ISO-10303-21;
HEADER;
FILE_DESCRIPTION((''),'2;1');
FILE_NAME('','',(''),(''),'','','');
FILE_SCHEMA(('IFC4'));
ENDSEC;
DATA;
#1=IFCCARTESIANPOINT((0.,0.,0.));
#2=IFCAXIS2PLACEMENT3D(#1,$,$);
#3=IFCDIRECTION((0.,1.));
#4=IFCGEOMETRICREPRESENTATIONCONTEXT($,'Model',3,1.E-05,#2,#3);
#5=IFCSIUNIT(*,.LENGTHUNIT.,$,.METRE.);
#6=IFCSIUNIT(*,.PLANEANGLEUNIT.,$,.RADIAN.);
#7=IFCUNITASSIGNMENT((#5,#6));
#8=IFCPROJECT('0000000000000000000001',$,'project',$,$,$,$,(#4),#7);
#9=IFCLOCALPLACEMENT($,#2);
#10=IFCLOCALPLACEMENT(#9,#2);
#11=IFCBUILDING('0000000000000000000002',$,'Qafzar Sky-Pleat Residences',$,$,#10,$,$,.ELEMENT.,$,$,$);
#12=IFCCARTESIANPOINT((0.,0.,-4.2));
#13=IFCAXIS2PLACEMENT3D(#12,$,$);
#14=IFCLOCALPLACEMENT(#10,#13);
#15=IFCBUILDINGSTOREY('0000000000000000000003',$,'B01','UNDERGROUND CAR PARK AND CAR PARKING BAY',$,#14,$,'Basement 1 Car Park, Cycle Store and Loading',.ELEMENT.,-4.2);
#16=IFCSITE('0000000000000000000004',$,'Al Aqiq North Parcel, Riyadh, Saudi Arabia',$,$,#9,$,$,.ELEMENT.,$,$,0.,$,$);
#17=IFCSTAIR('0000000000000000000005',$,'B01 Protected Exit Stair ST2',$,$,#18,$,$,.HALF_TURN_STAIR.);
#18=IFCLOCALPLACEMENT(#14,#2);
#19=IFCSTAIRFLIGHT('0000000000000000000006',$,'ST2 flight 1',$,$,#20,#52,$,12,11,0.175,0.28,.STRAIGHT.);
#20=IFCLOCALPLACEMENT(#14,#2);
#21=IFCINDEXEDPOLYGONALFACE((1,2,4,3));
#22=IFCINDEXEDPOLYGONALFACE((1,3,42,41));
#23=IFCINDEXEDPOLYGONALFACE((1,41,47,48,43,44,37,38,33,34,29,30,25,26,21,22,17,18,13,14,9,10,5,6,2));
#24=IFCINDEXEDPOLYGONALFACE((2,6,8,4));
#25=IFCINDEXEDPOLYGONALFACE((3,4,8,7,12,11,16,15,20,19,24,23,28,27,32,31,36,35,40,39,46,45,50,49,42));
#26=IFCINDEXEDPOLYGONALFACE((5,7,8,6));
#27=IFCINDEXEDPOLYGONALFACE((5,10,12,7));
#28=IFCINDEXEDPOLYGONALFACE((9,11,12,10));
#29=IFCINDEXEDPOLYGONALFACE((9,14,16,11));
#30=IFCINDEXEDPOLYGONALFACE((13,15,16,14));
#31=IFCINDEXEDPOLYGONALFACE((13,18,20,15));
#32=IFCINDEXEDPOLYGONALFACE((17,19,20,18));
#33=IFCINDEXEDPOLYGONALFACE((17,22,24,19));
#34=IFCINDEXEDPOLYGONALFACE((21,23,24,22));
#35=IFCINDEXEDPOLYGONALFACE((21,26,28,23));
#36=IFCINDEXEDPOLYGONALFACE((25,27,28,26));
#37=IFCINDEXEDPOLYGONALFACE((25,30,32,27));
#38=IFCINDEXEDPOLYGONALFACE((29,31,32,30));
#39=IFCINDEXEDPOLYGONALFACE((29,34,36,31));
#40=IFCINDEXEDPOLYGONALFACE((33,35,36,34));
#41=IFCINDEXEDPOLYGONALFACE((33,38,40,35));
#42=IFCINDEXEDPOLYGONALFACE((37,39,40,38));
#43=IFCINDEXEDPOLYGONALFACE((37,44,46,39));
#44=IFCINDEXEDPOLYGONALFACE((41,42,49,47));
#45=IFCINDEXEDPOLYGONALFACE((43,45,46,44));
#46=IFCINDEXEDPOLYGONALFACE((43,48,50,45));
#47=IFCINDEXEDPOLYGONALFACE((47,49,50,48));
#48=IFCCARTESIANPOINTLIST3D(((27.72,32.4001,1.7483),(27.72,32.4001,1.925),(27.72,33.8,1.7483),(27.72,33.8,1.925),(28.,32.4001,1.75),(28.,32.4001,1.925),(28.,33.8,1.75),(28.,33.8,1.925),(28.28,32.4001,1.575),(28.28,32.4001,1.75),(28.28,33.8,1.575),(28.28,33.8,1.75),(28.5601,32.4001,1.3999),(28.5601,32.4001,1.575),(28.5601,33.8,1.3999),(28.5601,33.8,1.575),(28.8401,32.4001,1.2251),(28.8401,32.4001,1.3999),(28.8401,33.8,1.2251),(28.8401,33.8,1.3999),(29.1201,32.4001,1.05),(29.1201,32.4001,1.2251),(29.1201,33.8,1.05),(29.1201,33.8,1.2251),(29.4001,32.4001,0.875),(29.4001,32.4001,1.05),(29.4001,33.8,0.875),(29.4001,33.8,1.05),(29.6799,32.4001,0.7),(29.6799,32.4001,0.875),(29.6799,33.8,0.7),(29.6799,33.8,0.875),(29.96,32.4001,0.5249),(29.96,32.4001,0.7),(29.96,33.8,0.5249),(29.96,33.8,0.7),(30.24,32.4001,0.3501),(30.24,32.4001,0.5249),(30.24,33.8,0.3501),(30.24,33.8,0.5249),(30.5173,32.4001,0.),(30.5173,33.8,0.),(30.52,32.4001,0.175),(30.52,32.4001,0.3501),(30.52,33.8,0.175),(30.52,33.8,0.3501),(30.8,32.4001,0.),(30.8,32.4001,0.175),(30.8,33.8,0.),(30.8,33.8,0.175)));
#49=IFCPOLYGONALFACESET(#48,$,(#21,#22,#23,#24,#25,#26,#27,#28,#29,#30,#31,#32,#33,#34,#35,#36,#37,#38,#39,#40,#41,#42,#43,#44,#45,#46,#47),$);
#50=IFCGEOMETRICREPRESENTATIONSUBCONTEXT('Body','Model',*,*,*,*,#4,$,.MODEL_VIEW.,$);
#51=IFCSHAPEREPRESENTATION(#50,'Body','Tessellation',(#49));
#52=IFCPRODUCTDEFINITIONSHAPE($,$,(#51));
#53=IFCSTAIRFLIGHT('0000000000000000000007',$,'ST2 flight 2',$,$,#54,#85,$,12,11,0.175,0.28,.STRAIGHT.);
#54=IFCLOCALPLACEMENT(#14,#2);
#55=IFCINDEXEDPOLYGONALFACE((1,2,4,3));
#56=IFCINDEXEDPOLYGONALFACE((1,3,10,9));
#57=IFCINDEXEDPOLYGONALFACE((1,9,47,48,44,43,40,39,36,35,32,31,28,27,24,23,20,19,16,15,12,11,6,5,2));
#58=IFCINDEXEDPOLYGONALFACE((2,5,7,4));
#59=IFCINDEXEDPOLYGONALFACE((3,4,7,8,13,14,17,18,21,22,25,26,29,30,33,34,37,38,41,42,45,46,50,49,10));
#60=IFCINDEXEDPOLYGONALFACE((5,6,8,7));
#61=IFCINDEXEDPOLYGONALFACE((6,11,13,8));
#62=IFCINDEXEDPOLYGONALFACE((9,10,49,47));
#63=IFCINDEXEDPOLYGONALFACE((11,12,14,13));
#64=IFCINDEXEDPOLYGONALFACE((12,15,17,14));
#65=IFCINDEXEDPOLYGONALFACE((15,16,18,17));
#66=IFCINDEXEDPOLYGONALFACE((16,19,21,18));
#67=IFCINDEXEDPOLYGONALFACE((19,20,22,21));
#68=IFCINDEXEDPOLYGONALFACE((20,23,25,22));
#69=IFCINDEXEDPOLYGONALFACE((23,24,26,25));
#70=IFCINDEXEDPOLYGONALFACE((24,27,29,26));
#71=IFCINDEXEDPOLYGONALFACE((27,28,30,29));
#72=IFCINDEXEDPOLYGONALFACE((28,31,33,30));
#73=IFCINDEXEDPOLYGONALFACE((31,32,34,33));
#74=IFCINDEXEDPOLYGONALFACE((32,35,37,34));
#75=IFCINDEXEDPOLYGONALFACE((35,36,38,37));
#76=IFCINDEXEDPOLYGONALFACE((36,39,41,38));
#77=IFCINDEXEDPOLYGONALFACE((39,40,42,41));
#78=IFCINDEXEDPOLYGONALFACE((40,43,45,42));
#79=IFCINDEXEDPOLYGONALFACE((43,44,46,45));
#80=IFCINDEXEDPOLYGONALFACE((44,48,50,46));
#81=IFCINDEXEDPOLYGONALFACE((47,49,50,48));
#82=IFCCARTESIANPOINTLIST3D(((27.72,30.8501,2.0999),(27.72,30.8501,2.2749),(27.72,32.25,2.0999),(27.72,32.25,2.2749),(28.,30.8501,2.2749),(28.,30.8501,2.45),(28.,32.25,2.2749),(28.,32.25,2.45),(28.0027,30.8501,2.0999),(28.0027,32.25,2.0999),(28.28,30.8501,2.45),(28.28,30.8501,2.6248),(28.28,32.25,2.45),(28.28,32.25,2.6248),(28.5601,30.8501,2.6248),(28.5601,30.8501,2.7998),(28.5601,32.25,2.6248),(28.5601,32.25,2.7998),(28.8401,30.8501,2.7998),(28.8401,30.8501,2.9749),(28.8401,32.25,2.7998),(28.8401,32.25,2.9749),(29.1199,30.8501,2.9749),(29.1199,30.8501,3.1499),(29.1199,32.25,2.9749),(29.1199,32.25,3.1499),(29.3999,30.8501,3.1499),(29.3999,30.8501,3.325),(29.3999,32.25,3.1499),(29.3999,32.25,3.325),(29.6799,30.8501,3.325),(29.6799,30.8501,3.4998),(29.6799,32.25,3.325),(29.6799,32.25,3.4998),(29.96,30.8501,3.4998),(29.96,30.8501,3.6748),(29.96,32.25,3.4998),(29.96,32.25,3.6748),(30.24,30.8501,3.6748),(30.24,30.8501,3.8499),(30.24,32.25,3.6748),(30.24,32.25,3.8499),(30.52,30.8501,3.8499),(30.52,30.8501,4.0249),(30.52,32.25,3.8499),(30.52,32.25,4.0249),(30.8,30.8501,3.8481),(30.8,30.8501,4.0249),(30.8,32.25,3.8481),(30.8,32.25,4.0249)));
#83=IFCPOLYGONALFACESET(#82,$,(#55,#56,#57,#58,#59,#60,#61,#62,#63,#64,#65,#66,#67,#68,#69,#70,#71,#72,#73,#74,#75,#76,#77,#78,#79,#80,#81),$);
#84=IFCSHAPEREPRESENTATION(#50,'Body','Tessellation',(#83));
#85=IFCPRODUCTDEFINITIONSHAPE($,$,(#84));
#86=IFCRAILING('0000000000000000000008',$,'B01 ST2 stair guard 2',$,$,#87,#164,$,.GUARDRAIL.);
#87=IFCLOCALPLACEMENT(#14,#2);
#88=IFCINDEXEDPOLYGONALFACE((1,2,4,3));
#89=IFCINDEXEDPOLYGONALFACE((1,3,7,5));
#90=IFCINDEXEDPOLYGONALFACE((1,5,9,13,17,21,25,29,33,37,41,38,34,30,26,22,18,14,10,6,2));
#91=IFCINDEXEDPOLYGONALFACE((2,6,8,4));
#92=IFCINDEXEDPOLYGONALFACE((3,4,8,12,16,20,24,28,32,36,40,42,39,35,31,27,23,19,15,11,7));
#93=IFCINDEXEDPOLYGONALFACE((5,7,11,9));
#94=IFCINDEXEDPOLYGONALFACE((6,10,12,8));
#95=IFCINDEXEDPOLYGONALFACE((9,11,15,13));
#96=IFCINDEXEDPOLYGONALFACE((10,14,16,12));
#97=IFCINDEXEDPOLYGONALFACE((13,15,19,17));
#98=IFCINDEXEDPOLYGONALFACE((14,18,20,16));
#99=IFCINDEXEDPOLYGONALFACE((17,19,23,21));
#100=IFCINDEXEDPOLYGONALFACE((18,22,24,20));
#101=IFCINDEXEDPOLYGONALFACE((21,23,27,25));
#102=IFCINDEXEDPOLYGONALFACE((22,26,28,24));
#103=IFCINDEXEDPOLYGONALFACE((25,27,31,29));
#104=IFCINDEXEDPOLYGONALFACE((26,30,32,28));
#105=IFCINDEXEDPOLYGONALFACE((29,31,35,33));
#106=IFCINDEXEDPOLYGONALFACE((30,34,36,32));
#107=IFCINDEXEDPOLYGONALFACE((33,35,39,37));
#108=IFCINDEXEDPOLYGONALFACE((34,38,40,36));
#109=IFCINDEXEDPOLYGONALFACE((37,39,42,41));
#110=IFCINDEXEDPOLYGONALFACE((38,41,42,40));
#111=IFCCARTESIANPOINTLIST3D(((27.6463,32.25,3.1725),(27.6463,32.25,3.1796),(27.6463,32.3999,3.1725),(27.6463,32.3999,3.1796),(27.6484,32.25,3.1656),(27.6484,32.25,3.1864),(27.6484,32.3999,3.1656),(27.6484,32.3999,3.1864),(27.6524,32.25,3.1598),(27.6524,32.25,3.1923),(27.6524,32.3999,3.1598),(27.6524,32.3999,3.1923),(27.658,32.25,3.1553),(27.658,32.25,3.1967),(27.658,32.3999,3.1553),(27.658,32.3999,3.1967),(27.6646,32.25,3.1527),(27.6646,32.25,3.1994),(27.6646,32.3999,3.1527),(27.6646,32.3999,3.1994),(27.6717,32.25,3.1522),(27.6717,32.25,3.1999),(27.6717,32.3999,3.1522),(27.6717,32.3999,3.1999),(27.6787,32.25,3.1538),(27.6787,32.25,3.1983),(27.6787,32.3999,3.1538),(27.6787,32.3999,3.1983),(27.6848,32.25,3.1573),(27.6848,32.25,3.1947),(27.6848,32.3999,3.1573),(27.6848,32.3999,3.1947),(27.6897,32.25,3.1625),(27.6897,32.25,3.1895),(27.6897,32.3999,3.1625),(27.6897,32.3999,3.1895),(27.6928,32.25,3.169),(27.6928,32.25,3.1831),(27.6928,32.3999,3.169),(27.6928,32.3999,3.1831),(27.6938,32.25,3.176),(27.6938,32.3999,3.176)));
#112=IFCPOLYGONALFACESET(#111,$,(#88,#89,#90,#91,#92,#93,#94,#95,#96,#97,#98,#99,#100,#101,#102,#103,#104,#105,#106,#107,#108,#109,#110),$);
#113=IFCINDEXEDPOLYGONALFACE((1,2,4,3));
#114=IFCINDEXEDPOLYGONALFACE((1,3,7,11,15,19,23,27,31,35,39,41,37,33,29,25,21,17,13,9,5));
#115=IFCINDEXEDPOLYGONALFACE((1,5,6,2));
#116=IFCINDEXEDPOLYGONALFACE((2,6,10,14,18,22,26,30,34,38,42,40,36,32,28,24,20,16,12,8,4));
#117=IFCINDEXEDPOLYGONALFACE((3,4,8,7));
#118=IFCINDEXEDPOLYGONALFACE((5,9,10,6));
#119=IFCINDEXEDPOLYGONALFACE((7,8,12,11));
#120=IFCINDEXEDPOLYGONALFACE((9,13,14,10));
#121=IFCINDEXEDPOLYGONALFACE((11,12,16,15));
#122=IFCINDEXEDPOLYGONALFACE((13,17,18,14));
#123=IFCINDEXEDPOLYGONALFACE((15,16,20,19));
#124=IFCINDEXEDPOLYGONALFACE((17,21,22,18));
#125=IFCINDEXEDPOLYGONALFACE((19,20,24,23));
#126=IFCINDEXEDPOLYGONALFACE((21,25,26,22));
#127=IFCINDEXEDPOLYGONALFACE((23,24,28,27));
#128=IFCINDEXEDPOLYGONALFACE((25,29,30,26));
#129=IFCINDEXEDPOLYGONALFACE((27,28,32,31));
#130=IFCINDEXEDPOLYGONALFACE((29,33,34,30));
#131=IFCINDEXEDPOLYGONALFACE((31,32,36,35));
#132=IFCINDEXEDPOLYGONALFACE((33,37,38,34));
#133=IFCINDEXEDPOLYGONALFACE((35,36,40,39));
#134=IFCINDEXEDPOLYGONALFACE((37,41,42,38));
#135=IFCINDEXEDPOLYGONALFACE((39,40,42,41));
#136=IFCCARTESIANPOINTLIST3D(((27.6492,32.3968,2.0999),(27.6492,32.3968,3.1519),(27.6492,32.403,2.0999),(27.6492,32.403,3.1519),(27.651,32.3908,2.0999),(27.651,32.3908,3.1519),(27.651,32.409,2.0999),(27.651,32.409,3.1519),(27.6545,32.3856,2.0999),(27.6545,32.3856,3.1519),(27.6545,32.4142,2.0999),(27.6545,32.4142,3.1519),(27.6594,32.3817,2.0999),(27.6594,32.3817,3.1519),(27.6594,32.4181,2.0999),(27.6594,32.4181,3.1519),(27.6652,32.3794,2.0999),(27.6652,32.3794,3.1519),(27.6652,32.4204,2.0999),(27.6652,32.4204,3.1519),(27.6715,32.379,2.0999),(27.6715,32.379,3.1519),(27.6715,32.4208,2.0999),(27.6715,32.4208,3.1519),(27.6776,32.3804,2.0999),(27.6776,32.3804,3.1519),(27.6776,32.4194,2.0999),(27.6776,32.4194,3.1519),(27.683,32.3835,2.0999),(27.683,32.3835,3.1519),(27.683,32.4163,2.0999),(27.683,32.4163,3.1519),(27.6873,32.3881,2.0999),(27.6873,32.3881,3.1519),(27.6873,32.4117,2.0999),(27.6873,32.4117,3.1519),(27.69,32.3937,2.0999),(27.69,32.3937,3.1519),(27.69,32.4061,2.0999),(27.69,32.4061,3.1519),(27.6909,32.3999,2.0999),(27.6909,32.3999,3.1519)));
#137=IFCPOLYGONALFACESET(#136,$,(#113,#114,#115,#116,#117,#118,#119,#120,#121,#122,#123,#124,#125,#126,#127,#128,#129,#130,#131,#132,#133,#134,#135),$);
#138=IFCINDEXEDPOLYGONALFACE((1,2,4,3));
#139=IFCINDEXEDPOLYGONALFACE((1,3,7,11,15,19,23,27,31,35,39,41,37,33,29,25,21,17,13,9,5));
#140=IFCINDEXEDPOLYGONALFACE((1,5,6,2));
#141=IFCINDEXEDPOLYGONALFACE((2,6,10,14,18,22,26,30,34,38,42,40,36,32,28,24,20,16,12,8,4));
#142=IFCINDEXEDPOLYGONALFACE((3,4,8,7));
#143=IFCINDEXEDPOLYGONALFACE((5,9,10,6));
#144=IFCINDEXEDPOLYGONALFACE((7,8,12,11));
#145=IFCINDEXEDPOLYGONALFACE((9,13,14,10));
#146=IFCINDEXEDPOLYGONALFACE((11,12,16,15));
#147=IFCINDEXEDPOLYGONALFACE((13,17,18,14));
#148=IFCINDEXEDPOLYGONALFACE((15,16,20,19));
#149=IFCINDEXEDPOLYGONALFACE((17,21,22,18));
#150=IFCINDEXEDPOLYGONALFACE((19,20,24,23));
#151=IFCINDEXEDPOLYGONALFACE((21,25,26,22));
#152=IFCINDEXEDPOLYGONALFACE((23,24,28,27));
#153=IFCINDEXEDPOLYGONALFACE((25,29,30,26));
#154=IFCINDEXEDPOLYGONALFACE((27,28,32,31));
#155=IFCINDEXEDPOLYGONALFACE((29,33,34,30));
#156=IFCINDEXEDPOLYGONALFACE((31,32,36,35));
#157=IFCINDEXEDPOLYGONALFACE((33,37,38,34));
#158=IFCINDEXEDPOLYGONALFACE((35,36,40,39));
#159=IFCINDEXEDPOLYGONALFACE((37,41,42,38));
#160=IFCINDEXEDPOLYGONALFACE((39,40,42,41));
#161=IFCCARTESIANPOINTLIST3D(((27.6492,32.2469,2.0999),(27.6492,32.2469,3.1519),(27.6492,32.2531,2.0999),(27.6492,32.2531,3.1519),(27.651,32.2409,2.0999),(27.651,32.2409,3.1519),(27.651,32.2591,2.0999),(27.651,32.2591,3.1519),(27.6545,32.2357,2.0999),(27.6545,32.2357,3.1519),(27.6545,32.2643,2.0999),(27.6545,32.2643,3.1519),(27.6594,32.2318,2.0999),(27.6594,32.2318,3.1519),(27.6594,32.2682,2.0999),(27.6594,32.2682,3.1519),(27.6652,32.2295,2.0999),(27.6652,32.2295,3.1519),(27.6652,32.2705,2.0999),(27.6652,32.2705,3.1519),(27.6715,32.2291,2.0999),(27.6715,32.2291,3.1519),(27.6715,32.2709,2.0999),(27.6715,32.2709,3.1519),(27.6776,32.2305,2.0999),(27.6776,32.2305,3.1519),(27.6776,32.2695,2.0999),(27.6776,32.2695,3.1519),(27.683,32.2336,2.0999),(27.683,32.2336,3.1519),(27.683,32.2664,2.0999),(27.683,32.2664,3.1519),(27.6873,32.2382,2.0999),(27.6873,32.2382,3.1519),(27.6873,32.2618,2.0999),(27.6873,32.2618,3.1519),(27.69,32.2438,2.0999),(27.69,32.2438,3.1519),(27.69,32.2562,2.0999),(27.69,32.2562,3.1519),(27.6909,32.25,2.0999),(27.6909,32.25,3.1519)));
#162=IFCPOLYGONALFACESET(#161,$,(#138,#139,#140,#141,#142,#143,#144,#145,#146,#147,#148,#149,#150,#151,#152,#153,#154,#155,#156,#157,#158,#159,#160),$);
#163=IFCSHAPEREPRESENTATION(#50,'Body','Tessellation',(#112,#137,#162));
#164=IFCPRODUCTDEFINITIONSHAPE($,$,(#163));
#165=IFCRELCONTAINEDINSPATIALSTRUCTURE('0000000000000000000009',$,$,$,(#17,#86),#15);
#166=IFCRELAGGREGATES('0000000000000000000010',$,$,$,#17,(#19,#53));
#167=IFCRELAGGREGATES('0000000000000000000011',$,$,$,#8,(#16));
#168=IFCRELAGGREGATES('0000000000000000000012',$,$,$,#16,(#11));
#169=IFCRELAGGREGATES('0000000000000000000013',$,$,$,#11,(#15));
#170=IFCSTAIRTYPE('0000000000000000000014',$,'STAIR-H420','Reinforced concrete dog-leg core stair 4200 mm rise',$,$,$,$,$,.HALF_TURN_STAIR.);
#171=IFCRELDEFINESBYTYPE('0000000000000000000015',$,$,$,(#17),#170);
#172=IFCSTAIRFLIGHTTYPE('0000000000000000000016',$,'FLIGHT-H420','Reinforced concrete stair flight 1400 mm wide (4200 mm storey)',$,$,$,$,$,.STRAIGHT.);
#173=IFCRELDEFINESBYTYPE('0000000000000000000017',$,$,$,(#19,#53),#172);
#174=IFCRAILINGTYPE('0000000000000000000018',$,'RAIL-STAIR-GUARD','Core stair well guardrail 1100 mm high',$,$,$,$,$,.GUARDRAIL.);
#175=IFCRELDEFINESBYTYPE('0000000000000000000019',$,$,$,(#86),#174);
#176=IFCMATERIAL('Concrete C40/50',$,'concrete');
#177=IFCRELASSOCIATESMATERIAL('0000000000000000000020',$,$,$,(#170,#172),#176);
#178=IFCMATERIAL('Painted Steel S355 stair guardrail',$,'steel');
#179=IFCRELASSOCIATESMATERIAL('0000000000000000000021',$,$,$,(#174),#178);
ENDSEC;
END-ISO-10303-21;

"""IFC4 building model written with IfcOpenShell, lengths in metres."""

from ifc_helpers import new_model, si_unit, direction, frame, origin, origin_2d, place, context, subcontext, project, spatial, polyline, circle, outline, extrude, source, transform, mapped, material, type_object, element, aggregate, save


model = new_model("IFC4")

# Units and contexts
model_context = context("Model", 3, precision=1e-05, world=origin(), true_north=direction((0.0, 1.0)))
body_context = subcontext(model_context, "Body", "Model", "MODEL_VIEW")
ifc_project = project(units=[si_unit("LENGTHUNIT", "METRE"), si_unit("PLANEANGLEUNIT", "RADIAN")], contexts=[model_context])

# Site, building, storey
site_placement = place(None, origin())
site = spatial("IfcSite", under=ifc_project, at=site_placement, Name="Al Aqiq North Parcel, Riyadh, Saudi Arabia", CompositionType="ELEMENT", RefElevation=0.0)
building_placement = place(site_placement, origin())
building = spatial("IfcBuilding", under=site, at=building_placement, Name="Qafzar Sky-Pleat Residences", CompositionType="ELEMENT")
storey_placement = place(building_placement, frame((0.0, 0.0, -4.2)))
storey = spatial("IfcBuildingStorey", under=building, at=storey_placement, Name="B01", Description="UNDERGROUND CAR PARK AND CAR PARKING BAY", LongName="Basement 1 Car Park, Cycle Store and Loading", CompositionType="ELEMENT", Elevation=-4.2)

# Stair, stair flights
ifc_material_1 = material(Name="Concrete C40/50", Category="concrete")
stair_type = type_object("IfcStairType", Name="STAIR-H420", Description="Reinforced concrete dog-leg core stair 4200 mm rise", PredefinedType="HALF_TURN_STAIR", material=ifc_material_1)
stair_placement = place(storey_placement, origin())
stair = element("IfcStair", 1, at=stair_placement, inside=storey, type_object=stair_type, Name="B01 Protected Exit Stair ST2", PredefinedType="HALF_TURN_STAIR")
stair_flight_type = type_object("IfcStairFlightType", Name="FLIGHT-H420", Description="Reinforced concrete stair flight 1400 mm wide (4200 mm storey)", PredefinedType="STRAIGHT", material=ifc_material_1)
shared_shape_1 = source(origin(), body_context, "Body", "SweptSolid", [
    extrude(outline(polyline([(0.0, 0.0), (0.0, 0.175), (0.28, 0.175), (0.28, 0.3501), (0.5601, 0.3501), (0.5601, 0.5249), (0.8401, 0.5249), (0.8401, 0.7), (1.1201, 0.7), (1.1201, 0.875), (1.3999, 0.875), (1.3999, 1.05), (1.6799, 1.05), (1.6799, 1.2251), (1.96, 1.2251), (1.96, 1.3999), (2.24, 1.3999), (2.24, 1.575), (2.52, 1.575), (2.52, 1.75), (2.8, 1.75), (2.8, 1.925), (3.0801, 1.925), (3.0801, 2.1001), (3.0801, 1.7483), (0.2827, 0.0), (0.0, 0.0)])), frame((0.0, 0.7, 0.0), z_axis=(0.0, -1.0, 0.0), x_axis=(1.0, 0.0, 0.0)), (0.0, 0.0, 1.0), 1.3999),
])
stair_flight_1_placement = place(storey_placement, frame((30.8, 33.1001, 0.0), z_axis=(0.0, 0.0, 1.0), x_axis=(-1.0, 0.0, 0.0)))
stair_flight_1 = element("IfcStairFlight", 2, at=stair_flight_1_placement, type_object=stair_flight_type, Name="ST2 flight 1", NumberOfRisers=12, NumberOfTreads=11, PredefinedType="STRAIGHT", RiserHeight=0.175, TreadLength=0.28, context=body_context, shape_type="MappedRepresentation", body=[
    mapped(shared_shape_1, transform((0.0, 0.0, 0.0), x_axis=(1.0, 0.0, 0.0), y_axis=(0.0, 1.0, 0.0), z_axis=(0.0, 0.0, 1.0), scale=1.0)),
])
stair_flight_2_placement = place(storey_placement, frame((27.72, 31.55, 2.0999), z_axis=(0.0, 0.0, 1.0), x_axis=(1.0, 0.0, 0.0)))
stair_flight_2 = element("IfcStairFlight", 3, at=stair_flight_2_placement, type_object=stair_flight_type, Name="ST2 flight 2", NumberOfRisers=12, NumberOfTreads=11, PredefinedType="STRAIGHT", RiserHeight=0.175, TreadLength=0.28, context=body_context, shape_type="MappedRepresentation", body=[
    mapped(shared_shape_1, transform((0.0, 0.0, 0.0), x_axis=(1.0, 0.0, 0.0), y_axis=(0.0, 1.0, 0.0), z_axis=(0.0, 0.0, 1.0), scale=1.0)),
])
aggregate(stair, [stair_flight_1, stair_flight_2])

# Railing
ifc_material_2 = material(Name="Painted Steel S355 stair guardrail", Category="steel")
railing_type_1 = type_object("IfcRailingType", Name="RAIL-STAIR-GUARD", Description="Core stair well guardrail 1100 mm high", PredefinedType="GUARDRAIL", material=ifc_material_2)
shared_shape_2 = source(origin(), body_context, "Body", "SweptSolid", [
    extrude(circle(Radius=0.0239, at=origin_2d()), frame((0.0, 0.0, 1.0762), z_axis=(0.0, -1.0, 0.0), x_axis=(1.0, 0.0, 0.0)), (0.0, 0.0, 1.0), 0.1499),
    extrude(circle(Radius=0.021, at=origin_2d()), origin(), (0.0, 0.0, 1.0), 1.052),
    extrude(circle(Radius=0.021, at=origin_2d()), frame((0.0, -0.1499, 0.0)), (0.0, 0.0, 1.0), 1.052),
])
for number, where, name in (
    (4, (27.6699, 32.3999, 2.0999), "B01 ST2 stair guard 2"),
):
    element("IfcRailing", number, at=place(storey_placement, frame(where)), inside=storey, type_object=railing_type_1, Name=name, PredefinedType="GUARDRAIL", context=body_context, shape_type="MappedRepresentation", body=[
        mapped(shared_shape_2, transform((0.0, 0.0, 0.0), x_axis=(1.0, 0.0, 0.0), y_axis=(0.0, 1.0, 0.0), z_axis=(0.0, 0.0, 1.0), scale=1.0)),
    ])

save(model, "model.ifc")
